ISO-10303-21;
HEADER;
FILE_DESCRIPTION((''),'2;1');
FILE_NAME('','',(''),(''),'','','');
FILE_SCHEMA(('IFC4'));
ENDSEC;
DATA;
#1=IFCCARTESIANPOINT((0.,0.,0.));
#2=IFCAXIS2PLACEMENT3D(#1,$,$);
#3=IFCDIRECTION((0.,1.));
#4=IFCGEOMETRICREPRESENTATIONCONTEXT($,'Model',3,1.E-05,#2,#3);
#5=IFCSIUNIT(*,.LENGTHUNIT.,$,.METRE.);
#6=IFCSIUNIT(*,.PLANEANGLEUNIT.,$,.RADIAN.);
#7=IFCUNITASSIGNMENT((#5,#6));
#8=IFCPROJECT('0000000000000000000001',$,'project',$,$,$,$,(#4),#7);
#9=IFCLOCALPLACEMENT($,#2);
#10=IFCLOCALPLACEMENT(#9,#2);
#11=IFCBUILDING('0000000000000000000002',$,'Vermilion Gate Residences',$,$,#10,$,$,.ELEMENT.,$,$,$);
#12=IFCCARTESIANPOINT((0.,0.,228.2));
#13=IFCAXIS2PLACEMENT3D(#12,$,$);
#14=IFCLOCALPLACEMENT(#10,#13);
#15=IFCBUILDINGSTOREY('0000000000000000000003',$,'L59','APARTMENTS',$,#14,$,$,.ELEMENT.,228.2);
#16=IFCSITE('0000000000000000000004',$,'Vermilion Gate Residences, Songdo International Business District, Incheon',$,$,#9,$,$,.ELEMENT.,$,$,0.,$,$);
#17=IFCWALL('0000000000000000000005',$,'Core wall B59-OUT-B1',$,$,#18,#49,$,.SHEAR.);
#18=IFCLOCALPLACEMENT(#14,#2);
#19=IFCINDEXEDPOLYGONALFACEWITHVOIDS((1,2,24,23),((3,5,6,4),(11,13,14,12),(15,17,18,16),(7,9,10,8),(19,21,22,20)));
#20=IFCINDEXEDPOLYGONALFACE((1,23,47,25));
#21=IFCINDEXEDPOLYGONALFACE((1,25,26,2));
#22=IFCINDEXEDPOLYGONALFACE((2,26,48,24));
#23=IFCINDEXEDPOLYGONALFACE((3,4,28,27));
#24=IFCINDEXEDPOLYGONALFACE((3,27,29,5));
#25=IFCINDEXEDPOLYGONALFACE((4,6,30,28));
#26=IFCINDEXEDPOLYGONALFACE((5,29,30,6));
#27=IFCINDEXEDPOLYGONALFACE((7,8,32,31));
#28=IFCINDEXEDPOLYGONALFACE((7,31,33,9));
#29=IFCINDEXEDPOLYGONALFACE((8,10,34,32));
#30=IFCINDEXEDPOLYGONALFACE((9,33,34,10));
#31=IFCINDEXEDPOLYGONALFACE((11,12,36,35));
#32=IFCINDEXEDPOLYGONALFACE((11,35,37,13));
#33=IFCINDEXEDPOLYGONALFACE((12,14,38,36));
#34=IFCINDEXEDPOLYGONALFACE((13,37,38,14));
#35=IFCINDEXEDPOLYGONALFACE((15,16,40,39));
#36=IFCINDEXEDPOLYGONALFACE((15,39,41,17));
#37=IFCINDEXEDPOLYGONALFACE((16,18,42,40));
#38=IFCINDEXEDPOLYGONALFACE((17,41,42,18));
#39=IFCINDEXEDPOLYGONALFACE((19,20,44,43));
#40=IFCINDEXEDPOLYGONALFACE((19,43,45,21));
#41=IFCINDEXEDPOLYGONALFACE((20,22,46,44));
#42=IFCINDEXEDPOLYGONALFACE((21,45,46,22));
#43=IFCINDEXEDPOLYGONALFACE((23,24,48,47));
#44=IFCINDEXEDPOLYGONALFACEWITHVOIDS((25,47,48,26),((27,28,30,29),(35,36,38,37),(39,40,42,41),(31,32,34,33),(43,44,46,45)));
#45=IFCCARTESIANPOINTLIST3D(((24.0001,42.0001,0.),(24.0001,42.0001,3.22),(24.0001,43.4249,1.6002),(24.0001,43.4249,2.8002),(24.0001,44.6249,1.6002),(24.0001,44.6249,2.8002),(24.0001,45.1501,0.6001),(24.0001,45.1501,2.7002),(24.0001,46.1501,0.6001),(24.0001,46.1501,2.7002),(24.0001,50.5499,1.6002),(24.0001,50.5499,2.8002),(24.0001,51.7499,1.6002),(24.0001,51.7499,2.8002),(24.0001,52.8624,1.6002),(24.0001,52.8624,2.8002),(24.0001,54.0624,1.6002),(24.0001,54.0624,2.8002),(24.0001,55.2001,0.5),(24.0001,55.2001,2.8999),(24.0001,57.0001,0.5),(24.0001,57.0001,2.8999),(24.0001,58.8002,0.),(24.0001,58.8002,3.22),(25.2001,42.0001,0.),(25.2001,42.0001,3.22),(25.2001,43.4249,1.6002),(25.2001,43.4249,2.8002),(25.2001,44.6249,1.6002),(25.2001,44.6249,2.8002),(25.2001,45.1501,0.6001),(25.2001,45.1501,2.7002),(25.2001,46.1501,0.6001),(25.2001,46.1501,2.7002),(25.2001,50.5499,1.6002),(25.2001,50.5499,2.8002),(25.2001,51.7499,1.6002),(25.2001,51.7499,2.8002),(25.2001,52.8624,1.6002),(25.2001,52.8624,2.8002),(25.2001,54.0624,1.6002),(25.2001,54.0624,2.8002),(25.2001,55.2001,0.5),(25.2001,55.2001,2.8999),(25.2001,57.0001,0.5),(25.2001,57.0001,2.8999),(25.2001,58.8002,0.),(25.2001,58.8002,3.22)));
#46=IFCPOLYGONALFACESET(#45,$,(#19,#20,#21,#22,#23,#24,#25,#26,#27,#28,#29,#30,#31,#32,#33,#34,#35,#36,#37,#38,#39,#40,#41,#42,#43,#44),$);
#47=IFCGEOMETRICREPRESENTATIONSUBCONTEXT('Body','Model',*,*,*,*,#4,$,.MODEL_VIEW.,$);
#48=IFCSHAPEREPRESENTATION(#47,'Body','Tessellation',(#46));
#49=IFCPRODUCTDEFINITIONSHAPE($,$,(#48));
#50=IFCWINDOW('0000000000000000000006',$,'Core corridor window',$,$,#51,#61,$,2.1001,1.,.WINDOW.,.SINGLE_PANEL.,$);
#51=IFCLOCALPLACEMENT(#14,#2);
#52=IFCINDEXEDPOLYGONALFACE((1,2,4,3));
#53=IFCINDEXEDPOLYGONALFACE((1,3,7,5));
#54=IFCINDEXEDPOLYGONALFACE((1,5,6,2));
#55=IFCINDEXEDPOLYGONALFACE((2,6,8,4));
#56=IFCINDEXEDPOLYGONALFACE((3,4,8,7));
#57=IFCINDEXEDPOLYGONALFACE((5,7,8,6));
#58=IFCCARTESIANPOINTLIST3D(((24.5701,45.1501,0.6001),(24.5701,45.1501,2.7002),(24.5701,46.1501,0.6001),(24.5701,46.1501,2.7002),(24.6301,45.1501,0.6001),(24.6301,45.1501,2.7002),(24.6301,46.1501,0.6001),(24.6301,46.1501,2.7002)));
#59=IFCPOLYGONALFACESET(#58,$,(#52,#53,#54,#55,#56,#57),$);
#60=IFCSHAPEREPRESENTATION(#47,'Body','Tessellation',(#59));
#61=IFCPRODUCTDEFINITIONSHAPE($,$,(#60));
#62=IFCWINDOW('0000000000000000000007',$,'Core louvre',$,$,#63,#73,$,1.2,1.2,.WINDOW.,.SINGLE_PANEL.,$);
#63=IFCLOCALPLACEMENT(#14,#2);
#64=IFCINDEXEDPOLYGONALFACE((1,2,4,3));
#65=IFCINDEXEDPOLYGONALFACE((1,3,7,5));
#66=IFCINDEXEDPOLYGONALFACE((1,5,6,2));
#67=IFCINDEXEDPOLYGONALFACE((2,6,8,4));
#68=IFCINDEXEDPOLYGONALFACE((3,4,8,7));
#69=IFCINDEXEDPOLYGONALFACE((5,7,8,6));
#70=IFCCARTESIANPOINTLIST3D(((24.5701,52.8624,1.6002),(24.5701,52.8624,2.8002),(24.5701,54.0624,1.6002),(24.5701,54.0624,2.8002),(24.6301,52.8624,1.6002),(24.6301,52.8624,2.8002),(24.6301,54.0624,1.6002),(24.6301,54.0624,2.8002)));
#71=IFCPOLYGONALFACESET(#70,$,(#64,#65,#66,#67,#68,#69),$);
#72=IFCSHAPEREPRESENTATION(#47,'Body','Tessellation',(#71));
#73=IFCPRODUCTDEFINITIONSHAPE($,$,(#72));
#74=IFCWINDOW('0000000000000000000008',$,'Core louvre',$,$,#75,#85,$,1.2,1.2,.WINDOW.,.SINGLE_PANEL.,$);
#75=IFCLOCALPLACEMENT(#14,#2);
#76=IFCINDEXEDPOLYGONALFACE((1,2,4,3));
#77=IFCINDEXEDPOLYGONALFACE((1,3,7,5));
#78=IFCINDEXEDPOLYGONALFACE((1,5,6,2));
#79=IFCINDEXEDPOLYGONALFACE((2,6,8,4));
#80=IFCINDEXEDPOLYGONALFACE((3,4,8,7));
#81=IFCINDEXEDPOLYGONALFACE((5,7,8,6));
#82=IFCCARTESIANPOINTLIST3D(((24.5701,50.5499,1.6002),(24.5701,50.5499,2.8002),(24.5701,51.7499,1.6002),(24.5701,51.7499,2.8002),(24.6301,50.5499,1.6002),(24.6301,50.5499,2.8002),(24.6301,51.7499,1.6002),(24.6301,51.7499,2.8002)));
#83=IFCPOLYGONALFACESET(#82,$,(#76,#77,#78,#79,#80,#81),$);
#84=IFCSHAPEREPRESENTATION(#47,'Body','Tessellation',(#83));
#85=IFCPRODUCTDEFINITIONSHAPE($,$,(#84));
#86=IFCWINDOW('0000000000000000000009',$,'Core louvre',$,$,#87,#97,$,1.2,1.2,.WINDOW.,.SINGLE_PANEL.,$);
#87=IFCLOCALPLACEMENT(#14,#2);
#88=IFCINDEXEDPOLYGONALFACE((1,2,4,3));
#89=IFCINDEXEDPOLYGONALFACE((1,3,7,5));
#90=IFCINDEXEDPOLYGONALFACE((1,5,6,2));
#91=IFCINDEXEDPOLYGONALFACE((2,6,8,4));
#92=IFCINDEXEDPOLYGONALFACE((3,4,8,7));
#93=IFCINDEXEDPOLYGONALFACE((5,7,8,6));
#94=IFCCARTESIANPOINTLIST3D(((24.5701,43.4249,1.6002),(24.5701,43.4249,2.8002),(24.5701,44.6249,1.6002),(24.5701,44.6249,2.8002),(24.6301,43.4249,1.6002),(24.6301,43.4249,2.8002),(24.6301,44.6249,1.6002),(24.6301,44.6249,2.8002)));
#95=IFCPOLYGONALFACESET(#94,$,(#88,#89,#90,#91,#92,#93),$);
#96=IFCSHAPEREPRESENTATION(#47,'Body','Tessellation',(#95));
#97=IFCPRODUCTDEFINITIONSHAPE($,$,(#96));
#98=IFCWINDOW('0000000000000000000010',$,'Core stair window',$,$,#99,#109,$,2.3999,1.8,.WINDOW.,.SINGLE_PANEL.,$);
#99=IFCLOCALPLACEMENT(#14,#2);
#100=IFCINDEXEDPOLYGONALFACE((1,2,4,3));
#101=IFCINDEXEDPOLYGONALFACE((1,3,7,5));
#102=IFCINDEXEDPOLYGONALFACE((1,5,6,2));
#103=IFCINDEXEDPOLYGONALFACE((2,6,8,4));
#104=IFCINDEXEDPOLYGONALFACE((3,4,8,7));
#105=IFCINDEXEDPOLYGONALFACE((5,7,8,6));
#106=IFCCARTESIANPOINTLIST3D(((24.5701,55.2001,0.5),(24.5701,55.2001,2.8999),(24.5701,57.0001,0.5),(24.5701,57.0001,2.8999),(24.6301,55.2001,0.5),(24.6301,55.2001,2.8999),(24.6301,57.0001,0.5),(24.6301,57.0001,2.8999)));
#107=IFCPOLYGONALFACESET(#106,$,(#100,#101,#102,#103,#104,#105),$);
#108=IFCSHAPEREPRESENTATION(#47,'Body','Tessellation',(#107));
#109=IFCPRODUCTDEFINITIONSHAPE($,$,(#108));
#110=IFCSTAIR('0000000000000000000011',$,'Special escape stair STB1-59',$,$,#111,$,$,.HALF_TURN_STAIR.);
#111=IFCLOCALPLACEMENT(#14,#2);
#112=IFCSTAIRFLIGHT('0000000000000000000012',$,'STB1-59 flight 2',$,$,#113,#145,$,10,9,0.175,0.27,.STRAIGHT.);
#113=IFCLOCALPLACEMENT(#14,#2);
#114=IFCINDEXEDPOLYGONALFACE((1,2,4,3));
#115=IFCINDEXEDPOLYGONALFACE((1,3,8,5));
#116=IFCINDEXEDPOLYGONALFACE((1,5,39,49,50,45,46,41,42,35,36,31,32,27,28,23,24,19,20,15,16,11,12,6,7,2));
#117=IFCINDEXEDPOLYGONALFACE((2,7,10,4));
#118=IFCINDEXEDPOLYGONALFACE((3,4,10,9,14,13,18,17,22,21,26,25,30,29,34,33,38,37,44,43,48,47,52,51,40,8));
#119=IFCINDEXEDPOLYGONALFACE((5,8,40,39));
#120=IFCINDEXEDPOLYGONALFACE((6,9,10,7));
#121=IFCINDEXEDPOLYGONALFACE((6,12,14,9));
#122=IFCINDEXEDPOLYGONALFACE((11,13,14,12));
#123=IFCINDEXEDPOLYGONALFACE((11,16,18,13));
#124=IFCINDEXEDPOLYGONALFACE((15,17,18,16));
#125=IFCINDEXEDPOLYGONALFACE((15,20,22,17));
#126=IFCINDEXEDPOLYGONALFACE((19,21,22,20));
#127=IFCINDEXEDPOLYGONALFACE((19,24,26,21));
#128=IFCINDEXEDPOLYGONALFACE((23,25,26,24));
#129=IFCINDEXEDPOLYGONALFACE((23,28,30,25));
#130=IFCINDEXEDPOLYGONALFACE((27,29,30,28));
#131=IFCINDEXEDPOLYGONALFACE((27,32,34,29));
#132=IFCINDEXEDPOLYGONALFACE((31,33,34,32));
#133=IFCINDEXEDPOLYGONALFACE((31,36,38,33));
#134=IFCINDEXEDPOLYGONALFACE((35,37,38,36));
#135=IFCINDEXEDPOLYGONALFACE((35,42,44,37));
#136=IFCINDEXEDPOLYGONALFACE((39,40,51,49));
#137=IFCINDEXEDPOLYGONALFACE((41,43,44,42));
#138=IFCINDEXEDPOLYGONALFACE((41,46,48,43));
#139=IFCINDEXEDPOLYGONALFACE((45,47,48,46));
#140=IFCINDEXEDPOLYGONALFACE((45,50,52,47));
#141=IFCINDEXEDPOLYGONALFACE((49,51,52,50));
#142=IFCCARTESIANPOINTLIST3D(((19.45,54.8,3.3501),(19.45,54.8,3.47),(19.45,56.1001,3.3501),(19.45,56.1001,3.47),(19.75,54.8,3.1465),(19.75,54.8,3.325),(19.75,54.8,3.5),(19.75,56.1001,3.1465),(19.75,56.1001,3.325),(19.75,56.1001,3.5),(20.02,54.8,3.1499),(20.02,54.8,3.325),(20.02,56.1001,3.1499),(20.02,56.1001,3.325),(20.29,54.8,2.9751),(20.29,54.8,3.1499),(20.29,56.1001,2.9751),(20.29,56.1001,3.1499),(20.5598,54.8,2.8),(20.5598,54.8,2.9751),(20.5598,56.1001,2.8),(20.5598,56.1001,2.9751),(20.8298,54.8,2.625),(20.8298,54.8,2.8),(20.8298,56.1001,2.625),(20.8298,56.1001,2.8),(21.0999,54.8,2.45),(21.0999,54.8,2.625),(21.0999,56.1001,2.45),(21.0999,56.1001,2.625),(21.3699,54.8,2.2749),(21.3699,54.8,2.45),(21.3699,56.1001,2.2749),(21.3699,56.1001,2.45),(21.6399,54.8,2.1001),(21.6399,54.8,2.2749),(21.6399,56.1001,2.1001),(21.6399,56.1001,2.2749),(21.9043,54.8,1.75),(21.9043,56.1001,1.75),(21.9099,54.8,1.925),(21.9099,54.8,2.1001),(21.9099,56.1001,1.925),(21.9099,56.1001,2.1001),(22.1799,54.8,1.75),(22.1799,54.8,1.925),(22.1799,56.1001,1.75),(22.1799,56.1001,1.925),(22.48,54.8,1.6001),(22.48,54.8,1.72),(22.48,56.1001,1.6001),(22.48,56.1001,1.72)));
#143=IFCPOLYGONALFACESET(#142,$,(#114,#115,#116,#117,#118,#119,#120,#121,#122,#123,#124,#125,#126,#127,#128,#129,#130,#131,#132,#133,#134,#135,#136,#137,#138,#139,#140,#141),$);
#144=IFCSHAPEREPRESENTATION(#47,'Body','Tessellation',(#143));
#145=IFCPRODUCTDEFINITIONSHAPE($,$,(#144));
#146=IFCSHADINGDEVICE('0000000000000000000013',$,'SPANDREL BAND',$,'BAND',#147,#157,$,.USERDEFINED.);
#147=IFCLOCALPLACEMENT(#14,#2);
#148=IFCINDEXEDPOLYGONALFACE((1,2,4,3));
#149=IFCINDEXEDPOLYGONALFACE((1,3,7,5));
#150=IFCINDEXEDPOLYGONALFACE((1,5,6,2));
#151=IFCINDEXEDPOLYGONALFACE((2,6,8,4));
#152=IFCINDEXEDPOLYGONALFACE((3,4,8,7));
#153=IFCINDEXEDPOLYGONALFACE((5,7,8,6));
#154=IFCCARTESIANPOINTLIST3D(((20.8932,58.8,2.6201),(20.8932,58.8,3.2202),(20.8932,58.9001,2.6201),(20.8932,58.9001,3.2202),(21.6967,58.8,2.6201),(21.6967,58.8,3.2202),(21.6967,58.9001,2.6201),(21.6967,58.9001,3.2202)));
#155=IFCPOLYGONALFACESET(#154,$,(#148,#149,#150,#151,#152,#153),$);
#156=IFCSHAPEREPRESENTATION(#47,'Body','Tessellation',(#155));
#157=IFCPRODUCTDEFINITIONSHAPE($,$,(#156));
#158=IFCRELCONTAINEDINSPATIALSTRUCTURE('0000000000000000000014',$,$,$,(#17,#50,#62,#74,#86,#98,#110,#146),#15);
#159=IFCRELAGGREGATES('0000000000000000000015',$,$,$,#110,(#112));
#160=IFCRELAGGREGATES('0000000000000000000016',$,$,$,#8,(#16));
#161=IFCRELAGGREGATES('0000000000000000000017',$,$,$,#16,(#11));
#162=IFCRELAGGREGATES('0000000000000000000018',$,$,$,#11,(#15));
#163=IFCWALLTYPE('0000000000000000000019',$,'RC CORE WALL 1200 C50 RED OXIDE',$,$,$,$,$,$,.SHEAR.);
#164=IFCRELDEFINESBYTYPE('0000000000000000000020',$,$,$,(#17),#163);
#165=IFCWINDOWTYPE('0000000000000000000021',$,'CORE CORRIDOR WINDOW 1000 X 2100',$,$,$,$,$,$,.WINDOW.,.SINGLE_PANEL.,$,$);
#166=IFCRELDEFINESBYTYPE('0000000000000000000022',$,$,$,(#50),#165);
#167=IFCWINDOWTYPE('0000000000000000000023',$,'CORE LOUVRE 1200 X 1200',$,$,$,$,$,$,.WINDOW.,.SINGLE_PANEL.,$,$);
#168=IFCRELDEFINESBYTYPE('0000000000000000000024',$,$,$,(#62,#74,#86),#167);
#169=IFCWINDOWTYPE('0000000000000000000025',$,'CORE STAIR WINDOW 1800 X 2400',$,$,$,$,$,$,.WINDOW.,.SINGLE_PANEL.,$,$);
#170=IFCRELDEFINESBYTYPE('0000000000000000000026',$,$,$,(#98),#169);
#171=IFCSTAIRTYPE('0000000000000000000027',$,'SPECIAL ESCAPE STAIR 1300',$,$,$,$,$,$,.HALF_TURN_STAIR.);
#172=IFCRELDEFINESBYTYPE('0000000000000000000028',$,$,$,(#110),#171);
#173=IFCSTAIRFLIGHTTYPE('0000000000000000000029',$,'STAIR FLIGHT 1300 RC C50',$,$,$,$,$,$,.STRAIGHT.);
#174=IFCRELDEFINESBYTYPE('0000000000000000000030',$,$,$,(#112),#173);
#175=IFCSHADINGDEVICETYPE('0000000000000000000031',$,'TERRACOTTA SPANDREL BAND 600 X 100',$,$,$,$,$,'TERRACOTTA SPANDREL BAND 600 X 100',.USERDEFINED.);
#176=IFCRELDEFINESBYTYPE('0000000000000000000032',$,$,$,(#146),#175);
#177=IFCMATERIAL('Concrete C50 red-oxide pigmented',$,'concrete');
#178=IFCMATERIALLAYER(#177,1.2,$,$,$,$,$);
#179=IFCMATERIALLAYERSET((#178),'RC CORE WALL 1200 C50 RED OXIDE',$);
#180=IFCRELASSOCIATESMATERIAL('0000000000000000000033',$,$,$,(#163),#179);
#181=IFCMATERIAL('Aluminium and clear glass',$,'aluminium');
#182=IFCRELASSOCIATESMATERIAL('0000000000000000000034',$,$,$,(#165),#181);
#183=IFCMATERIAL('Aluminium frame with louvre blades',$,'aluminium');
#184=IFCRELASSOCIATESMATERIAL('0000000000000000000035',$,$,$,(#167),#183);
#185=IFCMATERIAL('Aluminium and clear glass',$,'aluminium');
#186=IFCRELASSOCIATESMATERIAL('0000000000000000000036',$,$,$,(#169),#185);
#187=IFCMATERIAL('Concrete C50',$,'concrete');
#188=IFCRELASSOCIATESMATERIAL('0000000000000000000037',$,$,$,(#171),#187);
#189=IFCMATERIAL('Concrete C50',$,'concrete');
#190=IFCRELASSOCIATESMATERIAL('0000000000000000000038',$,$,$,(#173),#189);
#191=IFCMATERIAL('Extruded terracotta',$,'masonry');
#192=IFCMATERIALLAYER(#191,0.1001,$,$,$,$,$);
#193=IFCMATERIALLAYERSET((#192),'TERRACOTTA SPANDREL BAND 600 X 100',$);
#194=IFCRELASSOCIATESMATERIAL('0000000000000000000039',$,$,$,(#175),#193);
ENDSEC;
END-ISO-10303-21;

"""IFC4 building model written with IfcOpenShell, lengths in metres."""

from ifc_helpers import new_model, si_unit, direction, frame, frame_2d, origin, origin_2d, place, context, subcontext, project, spatial, polyline, rectangle, outline, extrude, material, layer, layer_set, type_object, element, fill, aggregate, save


model = new_model("IFC4")

# Units and contexts
model_context = context("Model", 3, precision=1e-05, world=origin(), true_north=direction((0.0, 1.0)))
body_context = subcontext(model_context, "Body", "Model", "MODEL_VIEW")
ifc_project = project(units=[si_unit("LENGTHUNIT", "METRE"), si_unit("PLANEANGLEUNIT", "RADIAN")], contexts=[model_context])

# Site, building, storey
site_placement = place(None, origin())
site = spatial("IfcSite", under=ifc_project, at=site_placement, Name="Vermilion Gate Residences, Songdo International Business District, Incheon", CompositionType="ELEMENT", RefElevation=0.0)
building_placement = place(site_placement, origin())
building = spatial("IfcBuilding", under=site, at=building_placement, Name="Vermilion Gate Residences", CompositionType="ELEMENT")
storey_placement = place(building_placement, frame((0.0, 0.0, 228.2)))
storey = spatial("IfcBuildingStorey", under=building, at=storey_placement, Name="L59", Description="APARTMENTS", CompositionType="ELEMENT", Elevation=228.2)

# Wall, openings, windows
ifc_material_1 = material(Name="Concrete C50 red-oxide pigmented", Category="concrete")
ifc_layer_1 = layer(ifc_material_1, 1.2)
ifc_layer_set_1 = layer_set([ifc_layer_1], Name="RC CORE WALL 1200 C50 RED OXIDE")
wall_type_1 = type_object("IfcWallType", Name="RC CORE WALL 1200 C50 RED OXIDE", PredefinedType="SHEAR", material=ifc_layer_set_1)
wall_1_placement = place(storey_placement, frame((24.6001, 58.8, 0.0), z_axis=(0.0, 0.0, 1.0), x_axis=(0.0, -1.0, 0.0)))
wall_1 = element("IfcWall", 1, at=wall_1_placement, inside=storey, type_object=wall_type_1, Name="Core wall B59-OUT-B1", PredefinedType="SHEAR", context=body_context, shape_type="SweptSolid", body=[
    extrude(rectangle(XDim=16.8, YDim=1.2, at=frame_2d((8.3999, 0.0))), origin(), (0.0, 0.0, 1.0), 3.22),
])
opening_1_placement = place(wall_1_placement, frame((1.8, 0.0, 0.5)))
opening_1 = element("IfcOpeningElement", 2, at=opening_1_placement, cuts=wall_1, PredefinedType="OPENING", context=body_context, shape_type="SweptSolid", body=[
    extrude(rectangle(XDim=1.8, YDim=2.3999, at=frame_2d((0.8999, 1.2))), frame((0.0, 0.6099, 0.0), z_axis=(0.0, -1.0, 0.0), x_axis=(1.0, 0.0, 0.0)), (0.0, 0.0, 1.0), 1.22),
])
opening_2_placement = place(wall_1_placement, frame((4.7375, 0.0, 1.6001)))
opening_2 = element("IfcOpeningElement", 3, at=opening_2_placement, cuts=wall_1, PredefinedType="OPENING", context=body_context, shape_type="SweptSolid", body=[
    extrude(rectangle(XDim=1.2, YDim=1.2, at=frame_2d((0.6001, 0.6001))), frame((0.0, 0.6099, 0.0), z_axis=(0.0, -1.0, 0.0), x_axis=(1.0, 0.0, 0.0)), (0.0, 0.0, 1.0), 1.22),
])
opening_3_placement = place(wall_1_placement, frame((7.05, 0.0, 1.6001)))
opening_3 = element("IfcOpeningElement", 4, at=opening_3_placement, cuts=wall_1, PredefinedType="OPENING", context=body_context, shape_type="SweptSolid", body=[
    extrude(rectangle(XDim=1.2, YDim=1.2, at=frame_2d((0.6001, 0.6001))), frame((0.0, 0.6099, 0.0), z_axis=(0.0, -1.0, 0.0), x_axis=(1.0, 0.0, 0.0)), (0.0, 0.0, 1.0), 1.22),
])
opening_4_placement = place(wall_1_placement, frame((12.6499, 0.0, 0.6001)))
opening_4 = element("IfcOpeningElement", 5, at=opening_4_placement, cuts=wall_1, PredefinedType="OPENING", context=body_context, shape_type="SweptSolid", body=[
    extrude(rectangle(XDim=1.0, YDim=2.1001, at=frame_2d((0.5, 1.05))), frame((0.0, 0.6099, 0.0), z_axis=(0.0, -1.0, 0.0), x_axis=(1.0, 0.0, 0.0)), (0.0, 0.0, 1.0), 1.22),
])
opening_5_placement = place(wall_1_placement, frame((14.175, 0.0, 1.6001)))
opening_5 = element("IfcOpeningElement", 6, at=opening_5_placement, cuts=wall_1, PredefinedType="OPENING", context=body_context, shape_type="SweptSolid", body=[
    extrude(rectangle(XDim=1.2, YDim=1.2, at=frame_2d((0.6001, 0.6001))), frame((0.0, 0.6099, 0.0), z_axis=(0.0, -1.0, 0.0), x_axis=(1.0, 0.0, 0.0)), (0.0, 0.0, 1.0), 1.22),
])
ifc_material_2 = material(Name="Aluminium and clear glass", Category="aluminium")
window_type_1 = type_object("IfcWindowType", Name="CORE CORRIDOR WINDOW 1000 X 2100", PartitioningType="SINGLE_PANEL", PredefinedType="WINDOW", material=ifc_material_2)
window_1_placement = place(opening_4_placement, origin())
window_1 = element("IfcWindow", 7, at=window_1_placement, inside=storey, type_object=window_type_1, Name="Core corridor window", OverallHeight=2.1001, OverallWidth=1.0, PartitioningType="SINGLE_PANEL", PredefinedType="WINDOW", context=body_context, shape_type="SweptSolid", body=[
    extrude(rectangle(XDim=1.0, YDim=2.1001, at=frame_2d((0.5, 1.05))), frame((0.0, 0.03, 0.0), z_axis=(0.0, -1.0, 0.0), x_axis=(1.0, 0.0, 0.0)), (0.0, 0.0, 1.0), 0.0601),
])
fill(opening_4, window_1)
ifc_material_3 = material(Name="Aluminium frame with louvre blades", Category="aluminium")
window_type_2 = type_object("IfcWindowType", Name="CORE LOUVRE 1200 X 1200", PartitioningType="SINGLE_PANEL", PredefinedType="WINDOW", material=ifc_material_3)
window_2_placement = place(opening_2_placement, origin())
window_2 = element("IfcWindow", 8, at=window_2_placement, inside=storey, type_object=window_type_2, Name="Core louvre", OverallHeight=1.2, OverallWidth=1.2, PartitioningType="SINGLE_PANEL", PredefinedType="WINDOW", context=body_context, shape_type="SweptSolid", body=[
    extrude(rectangle(XDim=1.2, YDim=1.2, at=frame_2d((0.6001, 0.6001))), frame((0.0, 0.03, 0.0), z_axis=(0.0, -1.0, 0.0), x_axis=(1.0, 0.0, 0.0)), (0.0, 0.0, 1.0), 0.0601),
])
fill(opening_2, window_2)
window_3_placement = place(opening_3_placement, origin())
window_3 = element("IfcWindow", 9, at=window_3_placement, inside=storey, type_object=window_type_2, Name="Core louvre", OverallHeight=1.2, OverallWidth=1.2, PartitioningType="SINGLE_PANEL", PredefinedType="WINDOW", context=body_context, shape_type="SweptSolid", body=[
    extrude(rectangle(XDim=1.2, YDim=1.2, at=frame_2d((0.6001, 0.6001))), frame((0.0, 0.03, 0.0), z_axis=(0.0, -1.0, 0.0), x_axis=(1.0, 0.0, 0.0)), (0.0, 0.0, 1.0), 0.0601),
])
fill(opening_3, window_3)
window_4_placement = place(opening_5_placement, origin())
window_4 = element("IfcWindow", 10, at=window_4_placement, inside=storey, type_object=window_type_2, Name="Core louvre", OverallHeight=1.2, OverallWidth=1.2, PartitioningType="SINGLE_PANEL", PredefinedType="WINDOW", context=body_context, shape_type="SweptSolid", body=[
    extrude(rectangle(XDim=1.2, YDim=1.2, at=frame_2d((0.6001, 0.6001))), frame((0.0, 0.03, 0.0), z_axis=(0.0, -1.0, 0.0), x_axis=(1.0, 0.0, 0.0)), (0.0, 0.0, 1.0), 0.0601),
])
fill(opening_5, window_4)
ifc_material_4 = material(Name="Aluminium and clear glass", Category="aluminium")
window_type_3 = type_object("IfcWindowType", Name="CORE STAIR WINDOW 1800 X 2400", PartitioningType="SINGLE_PANEL", PredefinedType="WINDOW", material=ifc_material_4)
window_5_placement = place(opening_1_placement, origin())
window_5 = element("IfcWindow", 11, at=window_5_placement, inside=storey, type_object=window_type_3, Name="Core stair window", OverallHeight=2.3999, OverallWidth=1.8, PartitioningType="SINGLE_PANEL", PredefinedType="WINDOW", context=body_context, shape_type="SweptSolid", body=[
    extrude(rectangle(XDim=1.8, YDim=2.3999, at=frame_2d((0.8999, 1.2))), frame((0.0, 0.03, 0.0), z_axis=(0.0, -1.0, 0.0), x_axis=(1.0, 0.0, 0.0)), (0.0, 0.0, 1.0), 0.0601),
])
fill(opening_1, window_5)

# Stair, stair flight
ifc_material_5 = material(Name="Concrete C50", Category="concrete")
stair_type = type_object("IfcStairType", Name="SPECIAL ESCAPE STAIR 1300", PredefinedType="HALF_TURN_STAIR", material=ifc_material_5)
stair_placement = place(storey_placement, origin())
stair = element("IfcStair", 12, at=stair_placement, inside=storey, type_object=stair_type, Name="Special escape stair STB1-59", PredefinedType="HALF_TURN_STAIR")
ifc_material_6 = material(Name="Concrete C50", Category="concrete")
stair_flight_type = type_object("IfcStairFlightType", Name="STAIR FLIGHT 1300 RC C50", PredefinedType="STRAIGHT", material=ifc_material_6)
stair_flight_placement = place(storey_placement, frame((22.1799, 55.45, 1.75), z_axis=(0.0, 0.0, 1.0), x_axis=(-1.0, 0.0, 0.0)))
stair_flight = element("IfcStairFlight", 13, at=stair_flight_placement, type_object=stair_flight_type, Name="STB1-59 flight 2", NumberOfRisers=10, NumberOfTreads=9, PredefinedType="STRAIGHT", RiserHeight=0.175, TreadLength=0.27, context=body_context, shape_type="SweptSolid", body=[
    extrude(outline(polyline([(-0.3, -0.1499), (-0.3, -0.03), (0.0, 0.0), (0.0, 0.175), (0.27, 0.175), (0.27, 0.3501), (0.54, 0.3501), (0.54, 0.5249), (0.8101, 0.5249), (0.8101, 0.7), (1.0801, 0.7), (1.0801, 0.875), (1.3501, 0.875), (1.3501, 1.05), (1.6201, 1.05), (1.6201, 1.2251), (1.8899, 1.2251), (1.8899, 1.3999), (2.1599, 1.3999), (2.1599, 1.575), (2.4299, 1.575), (2.4299, 1.75), (2.73, 1.72), (2.73, 1.6001), (2.4299, 1.3965), (0.2756, 0.0), (-0.3, -0.1499)])), frame((0.0, 0.6499, 0.0), z_axis=(0.0, -1.0, 0.0), x_axis=(1.0, 0.0, 0.0)), (0.0, 0.0, 1.0), 1.3),
])
aggregate(stair, [stair_flight])

# Shading device
ifc_material_7 = material(Name="Extruded terracotta", Category="masonry")
ifc_layer_2 = layer(ifc_material_7, 0.1001)
ifc_layer_set_2 = layer_set([ifc_layer_2], Name="TERRACOTTA SPANDREL BAND 600 X 100")
shading_device_type = type_object("IfcShadingDeviceType", Name="TERRACOTTA SPANDREL BAND 600 X 100", ElementType="TERRACOTTA SPANDREL BAND 600 X 100", PredefinedType="USERDEFINED", material=ifc_layer_set_2)
shading_device_1_placement = place(storey_placement, frame((21.2949, 58.8501, 2.6201), z_axis=(0.0, 0.0, 1.0), x_axis=(1.0, 0.0, 0.0)))
element("IfcShadingDevice", 14, at=shading_device_1_placement, inside=storey, type_object=shading_device_type, Name="SPANDREL BAND", ObjectType="BAND", PredefinedType="USERDEFINED", context=body_context, shape_type="SweptSolid", body=[
    extrude(rectangle(XDim=0.8035, YDim=0.1001, at=origin_2d()), origin(), (0.0, 0.0, 1.0), 0.6001),
])

save(model, "model.ifc")
